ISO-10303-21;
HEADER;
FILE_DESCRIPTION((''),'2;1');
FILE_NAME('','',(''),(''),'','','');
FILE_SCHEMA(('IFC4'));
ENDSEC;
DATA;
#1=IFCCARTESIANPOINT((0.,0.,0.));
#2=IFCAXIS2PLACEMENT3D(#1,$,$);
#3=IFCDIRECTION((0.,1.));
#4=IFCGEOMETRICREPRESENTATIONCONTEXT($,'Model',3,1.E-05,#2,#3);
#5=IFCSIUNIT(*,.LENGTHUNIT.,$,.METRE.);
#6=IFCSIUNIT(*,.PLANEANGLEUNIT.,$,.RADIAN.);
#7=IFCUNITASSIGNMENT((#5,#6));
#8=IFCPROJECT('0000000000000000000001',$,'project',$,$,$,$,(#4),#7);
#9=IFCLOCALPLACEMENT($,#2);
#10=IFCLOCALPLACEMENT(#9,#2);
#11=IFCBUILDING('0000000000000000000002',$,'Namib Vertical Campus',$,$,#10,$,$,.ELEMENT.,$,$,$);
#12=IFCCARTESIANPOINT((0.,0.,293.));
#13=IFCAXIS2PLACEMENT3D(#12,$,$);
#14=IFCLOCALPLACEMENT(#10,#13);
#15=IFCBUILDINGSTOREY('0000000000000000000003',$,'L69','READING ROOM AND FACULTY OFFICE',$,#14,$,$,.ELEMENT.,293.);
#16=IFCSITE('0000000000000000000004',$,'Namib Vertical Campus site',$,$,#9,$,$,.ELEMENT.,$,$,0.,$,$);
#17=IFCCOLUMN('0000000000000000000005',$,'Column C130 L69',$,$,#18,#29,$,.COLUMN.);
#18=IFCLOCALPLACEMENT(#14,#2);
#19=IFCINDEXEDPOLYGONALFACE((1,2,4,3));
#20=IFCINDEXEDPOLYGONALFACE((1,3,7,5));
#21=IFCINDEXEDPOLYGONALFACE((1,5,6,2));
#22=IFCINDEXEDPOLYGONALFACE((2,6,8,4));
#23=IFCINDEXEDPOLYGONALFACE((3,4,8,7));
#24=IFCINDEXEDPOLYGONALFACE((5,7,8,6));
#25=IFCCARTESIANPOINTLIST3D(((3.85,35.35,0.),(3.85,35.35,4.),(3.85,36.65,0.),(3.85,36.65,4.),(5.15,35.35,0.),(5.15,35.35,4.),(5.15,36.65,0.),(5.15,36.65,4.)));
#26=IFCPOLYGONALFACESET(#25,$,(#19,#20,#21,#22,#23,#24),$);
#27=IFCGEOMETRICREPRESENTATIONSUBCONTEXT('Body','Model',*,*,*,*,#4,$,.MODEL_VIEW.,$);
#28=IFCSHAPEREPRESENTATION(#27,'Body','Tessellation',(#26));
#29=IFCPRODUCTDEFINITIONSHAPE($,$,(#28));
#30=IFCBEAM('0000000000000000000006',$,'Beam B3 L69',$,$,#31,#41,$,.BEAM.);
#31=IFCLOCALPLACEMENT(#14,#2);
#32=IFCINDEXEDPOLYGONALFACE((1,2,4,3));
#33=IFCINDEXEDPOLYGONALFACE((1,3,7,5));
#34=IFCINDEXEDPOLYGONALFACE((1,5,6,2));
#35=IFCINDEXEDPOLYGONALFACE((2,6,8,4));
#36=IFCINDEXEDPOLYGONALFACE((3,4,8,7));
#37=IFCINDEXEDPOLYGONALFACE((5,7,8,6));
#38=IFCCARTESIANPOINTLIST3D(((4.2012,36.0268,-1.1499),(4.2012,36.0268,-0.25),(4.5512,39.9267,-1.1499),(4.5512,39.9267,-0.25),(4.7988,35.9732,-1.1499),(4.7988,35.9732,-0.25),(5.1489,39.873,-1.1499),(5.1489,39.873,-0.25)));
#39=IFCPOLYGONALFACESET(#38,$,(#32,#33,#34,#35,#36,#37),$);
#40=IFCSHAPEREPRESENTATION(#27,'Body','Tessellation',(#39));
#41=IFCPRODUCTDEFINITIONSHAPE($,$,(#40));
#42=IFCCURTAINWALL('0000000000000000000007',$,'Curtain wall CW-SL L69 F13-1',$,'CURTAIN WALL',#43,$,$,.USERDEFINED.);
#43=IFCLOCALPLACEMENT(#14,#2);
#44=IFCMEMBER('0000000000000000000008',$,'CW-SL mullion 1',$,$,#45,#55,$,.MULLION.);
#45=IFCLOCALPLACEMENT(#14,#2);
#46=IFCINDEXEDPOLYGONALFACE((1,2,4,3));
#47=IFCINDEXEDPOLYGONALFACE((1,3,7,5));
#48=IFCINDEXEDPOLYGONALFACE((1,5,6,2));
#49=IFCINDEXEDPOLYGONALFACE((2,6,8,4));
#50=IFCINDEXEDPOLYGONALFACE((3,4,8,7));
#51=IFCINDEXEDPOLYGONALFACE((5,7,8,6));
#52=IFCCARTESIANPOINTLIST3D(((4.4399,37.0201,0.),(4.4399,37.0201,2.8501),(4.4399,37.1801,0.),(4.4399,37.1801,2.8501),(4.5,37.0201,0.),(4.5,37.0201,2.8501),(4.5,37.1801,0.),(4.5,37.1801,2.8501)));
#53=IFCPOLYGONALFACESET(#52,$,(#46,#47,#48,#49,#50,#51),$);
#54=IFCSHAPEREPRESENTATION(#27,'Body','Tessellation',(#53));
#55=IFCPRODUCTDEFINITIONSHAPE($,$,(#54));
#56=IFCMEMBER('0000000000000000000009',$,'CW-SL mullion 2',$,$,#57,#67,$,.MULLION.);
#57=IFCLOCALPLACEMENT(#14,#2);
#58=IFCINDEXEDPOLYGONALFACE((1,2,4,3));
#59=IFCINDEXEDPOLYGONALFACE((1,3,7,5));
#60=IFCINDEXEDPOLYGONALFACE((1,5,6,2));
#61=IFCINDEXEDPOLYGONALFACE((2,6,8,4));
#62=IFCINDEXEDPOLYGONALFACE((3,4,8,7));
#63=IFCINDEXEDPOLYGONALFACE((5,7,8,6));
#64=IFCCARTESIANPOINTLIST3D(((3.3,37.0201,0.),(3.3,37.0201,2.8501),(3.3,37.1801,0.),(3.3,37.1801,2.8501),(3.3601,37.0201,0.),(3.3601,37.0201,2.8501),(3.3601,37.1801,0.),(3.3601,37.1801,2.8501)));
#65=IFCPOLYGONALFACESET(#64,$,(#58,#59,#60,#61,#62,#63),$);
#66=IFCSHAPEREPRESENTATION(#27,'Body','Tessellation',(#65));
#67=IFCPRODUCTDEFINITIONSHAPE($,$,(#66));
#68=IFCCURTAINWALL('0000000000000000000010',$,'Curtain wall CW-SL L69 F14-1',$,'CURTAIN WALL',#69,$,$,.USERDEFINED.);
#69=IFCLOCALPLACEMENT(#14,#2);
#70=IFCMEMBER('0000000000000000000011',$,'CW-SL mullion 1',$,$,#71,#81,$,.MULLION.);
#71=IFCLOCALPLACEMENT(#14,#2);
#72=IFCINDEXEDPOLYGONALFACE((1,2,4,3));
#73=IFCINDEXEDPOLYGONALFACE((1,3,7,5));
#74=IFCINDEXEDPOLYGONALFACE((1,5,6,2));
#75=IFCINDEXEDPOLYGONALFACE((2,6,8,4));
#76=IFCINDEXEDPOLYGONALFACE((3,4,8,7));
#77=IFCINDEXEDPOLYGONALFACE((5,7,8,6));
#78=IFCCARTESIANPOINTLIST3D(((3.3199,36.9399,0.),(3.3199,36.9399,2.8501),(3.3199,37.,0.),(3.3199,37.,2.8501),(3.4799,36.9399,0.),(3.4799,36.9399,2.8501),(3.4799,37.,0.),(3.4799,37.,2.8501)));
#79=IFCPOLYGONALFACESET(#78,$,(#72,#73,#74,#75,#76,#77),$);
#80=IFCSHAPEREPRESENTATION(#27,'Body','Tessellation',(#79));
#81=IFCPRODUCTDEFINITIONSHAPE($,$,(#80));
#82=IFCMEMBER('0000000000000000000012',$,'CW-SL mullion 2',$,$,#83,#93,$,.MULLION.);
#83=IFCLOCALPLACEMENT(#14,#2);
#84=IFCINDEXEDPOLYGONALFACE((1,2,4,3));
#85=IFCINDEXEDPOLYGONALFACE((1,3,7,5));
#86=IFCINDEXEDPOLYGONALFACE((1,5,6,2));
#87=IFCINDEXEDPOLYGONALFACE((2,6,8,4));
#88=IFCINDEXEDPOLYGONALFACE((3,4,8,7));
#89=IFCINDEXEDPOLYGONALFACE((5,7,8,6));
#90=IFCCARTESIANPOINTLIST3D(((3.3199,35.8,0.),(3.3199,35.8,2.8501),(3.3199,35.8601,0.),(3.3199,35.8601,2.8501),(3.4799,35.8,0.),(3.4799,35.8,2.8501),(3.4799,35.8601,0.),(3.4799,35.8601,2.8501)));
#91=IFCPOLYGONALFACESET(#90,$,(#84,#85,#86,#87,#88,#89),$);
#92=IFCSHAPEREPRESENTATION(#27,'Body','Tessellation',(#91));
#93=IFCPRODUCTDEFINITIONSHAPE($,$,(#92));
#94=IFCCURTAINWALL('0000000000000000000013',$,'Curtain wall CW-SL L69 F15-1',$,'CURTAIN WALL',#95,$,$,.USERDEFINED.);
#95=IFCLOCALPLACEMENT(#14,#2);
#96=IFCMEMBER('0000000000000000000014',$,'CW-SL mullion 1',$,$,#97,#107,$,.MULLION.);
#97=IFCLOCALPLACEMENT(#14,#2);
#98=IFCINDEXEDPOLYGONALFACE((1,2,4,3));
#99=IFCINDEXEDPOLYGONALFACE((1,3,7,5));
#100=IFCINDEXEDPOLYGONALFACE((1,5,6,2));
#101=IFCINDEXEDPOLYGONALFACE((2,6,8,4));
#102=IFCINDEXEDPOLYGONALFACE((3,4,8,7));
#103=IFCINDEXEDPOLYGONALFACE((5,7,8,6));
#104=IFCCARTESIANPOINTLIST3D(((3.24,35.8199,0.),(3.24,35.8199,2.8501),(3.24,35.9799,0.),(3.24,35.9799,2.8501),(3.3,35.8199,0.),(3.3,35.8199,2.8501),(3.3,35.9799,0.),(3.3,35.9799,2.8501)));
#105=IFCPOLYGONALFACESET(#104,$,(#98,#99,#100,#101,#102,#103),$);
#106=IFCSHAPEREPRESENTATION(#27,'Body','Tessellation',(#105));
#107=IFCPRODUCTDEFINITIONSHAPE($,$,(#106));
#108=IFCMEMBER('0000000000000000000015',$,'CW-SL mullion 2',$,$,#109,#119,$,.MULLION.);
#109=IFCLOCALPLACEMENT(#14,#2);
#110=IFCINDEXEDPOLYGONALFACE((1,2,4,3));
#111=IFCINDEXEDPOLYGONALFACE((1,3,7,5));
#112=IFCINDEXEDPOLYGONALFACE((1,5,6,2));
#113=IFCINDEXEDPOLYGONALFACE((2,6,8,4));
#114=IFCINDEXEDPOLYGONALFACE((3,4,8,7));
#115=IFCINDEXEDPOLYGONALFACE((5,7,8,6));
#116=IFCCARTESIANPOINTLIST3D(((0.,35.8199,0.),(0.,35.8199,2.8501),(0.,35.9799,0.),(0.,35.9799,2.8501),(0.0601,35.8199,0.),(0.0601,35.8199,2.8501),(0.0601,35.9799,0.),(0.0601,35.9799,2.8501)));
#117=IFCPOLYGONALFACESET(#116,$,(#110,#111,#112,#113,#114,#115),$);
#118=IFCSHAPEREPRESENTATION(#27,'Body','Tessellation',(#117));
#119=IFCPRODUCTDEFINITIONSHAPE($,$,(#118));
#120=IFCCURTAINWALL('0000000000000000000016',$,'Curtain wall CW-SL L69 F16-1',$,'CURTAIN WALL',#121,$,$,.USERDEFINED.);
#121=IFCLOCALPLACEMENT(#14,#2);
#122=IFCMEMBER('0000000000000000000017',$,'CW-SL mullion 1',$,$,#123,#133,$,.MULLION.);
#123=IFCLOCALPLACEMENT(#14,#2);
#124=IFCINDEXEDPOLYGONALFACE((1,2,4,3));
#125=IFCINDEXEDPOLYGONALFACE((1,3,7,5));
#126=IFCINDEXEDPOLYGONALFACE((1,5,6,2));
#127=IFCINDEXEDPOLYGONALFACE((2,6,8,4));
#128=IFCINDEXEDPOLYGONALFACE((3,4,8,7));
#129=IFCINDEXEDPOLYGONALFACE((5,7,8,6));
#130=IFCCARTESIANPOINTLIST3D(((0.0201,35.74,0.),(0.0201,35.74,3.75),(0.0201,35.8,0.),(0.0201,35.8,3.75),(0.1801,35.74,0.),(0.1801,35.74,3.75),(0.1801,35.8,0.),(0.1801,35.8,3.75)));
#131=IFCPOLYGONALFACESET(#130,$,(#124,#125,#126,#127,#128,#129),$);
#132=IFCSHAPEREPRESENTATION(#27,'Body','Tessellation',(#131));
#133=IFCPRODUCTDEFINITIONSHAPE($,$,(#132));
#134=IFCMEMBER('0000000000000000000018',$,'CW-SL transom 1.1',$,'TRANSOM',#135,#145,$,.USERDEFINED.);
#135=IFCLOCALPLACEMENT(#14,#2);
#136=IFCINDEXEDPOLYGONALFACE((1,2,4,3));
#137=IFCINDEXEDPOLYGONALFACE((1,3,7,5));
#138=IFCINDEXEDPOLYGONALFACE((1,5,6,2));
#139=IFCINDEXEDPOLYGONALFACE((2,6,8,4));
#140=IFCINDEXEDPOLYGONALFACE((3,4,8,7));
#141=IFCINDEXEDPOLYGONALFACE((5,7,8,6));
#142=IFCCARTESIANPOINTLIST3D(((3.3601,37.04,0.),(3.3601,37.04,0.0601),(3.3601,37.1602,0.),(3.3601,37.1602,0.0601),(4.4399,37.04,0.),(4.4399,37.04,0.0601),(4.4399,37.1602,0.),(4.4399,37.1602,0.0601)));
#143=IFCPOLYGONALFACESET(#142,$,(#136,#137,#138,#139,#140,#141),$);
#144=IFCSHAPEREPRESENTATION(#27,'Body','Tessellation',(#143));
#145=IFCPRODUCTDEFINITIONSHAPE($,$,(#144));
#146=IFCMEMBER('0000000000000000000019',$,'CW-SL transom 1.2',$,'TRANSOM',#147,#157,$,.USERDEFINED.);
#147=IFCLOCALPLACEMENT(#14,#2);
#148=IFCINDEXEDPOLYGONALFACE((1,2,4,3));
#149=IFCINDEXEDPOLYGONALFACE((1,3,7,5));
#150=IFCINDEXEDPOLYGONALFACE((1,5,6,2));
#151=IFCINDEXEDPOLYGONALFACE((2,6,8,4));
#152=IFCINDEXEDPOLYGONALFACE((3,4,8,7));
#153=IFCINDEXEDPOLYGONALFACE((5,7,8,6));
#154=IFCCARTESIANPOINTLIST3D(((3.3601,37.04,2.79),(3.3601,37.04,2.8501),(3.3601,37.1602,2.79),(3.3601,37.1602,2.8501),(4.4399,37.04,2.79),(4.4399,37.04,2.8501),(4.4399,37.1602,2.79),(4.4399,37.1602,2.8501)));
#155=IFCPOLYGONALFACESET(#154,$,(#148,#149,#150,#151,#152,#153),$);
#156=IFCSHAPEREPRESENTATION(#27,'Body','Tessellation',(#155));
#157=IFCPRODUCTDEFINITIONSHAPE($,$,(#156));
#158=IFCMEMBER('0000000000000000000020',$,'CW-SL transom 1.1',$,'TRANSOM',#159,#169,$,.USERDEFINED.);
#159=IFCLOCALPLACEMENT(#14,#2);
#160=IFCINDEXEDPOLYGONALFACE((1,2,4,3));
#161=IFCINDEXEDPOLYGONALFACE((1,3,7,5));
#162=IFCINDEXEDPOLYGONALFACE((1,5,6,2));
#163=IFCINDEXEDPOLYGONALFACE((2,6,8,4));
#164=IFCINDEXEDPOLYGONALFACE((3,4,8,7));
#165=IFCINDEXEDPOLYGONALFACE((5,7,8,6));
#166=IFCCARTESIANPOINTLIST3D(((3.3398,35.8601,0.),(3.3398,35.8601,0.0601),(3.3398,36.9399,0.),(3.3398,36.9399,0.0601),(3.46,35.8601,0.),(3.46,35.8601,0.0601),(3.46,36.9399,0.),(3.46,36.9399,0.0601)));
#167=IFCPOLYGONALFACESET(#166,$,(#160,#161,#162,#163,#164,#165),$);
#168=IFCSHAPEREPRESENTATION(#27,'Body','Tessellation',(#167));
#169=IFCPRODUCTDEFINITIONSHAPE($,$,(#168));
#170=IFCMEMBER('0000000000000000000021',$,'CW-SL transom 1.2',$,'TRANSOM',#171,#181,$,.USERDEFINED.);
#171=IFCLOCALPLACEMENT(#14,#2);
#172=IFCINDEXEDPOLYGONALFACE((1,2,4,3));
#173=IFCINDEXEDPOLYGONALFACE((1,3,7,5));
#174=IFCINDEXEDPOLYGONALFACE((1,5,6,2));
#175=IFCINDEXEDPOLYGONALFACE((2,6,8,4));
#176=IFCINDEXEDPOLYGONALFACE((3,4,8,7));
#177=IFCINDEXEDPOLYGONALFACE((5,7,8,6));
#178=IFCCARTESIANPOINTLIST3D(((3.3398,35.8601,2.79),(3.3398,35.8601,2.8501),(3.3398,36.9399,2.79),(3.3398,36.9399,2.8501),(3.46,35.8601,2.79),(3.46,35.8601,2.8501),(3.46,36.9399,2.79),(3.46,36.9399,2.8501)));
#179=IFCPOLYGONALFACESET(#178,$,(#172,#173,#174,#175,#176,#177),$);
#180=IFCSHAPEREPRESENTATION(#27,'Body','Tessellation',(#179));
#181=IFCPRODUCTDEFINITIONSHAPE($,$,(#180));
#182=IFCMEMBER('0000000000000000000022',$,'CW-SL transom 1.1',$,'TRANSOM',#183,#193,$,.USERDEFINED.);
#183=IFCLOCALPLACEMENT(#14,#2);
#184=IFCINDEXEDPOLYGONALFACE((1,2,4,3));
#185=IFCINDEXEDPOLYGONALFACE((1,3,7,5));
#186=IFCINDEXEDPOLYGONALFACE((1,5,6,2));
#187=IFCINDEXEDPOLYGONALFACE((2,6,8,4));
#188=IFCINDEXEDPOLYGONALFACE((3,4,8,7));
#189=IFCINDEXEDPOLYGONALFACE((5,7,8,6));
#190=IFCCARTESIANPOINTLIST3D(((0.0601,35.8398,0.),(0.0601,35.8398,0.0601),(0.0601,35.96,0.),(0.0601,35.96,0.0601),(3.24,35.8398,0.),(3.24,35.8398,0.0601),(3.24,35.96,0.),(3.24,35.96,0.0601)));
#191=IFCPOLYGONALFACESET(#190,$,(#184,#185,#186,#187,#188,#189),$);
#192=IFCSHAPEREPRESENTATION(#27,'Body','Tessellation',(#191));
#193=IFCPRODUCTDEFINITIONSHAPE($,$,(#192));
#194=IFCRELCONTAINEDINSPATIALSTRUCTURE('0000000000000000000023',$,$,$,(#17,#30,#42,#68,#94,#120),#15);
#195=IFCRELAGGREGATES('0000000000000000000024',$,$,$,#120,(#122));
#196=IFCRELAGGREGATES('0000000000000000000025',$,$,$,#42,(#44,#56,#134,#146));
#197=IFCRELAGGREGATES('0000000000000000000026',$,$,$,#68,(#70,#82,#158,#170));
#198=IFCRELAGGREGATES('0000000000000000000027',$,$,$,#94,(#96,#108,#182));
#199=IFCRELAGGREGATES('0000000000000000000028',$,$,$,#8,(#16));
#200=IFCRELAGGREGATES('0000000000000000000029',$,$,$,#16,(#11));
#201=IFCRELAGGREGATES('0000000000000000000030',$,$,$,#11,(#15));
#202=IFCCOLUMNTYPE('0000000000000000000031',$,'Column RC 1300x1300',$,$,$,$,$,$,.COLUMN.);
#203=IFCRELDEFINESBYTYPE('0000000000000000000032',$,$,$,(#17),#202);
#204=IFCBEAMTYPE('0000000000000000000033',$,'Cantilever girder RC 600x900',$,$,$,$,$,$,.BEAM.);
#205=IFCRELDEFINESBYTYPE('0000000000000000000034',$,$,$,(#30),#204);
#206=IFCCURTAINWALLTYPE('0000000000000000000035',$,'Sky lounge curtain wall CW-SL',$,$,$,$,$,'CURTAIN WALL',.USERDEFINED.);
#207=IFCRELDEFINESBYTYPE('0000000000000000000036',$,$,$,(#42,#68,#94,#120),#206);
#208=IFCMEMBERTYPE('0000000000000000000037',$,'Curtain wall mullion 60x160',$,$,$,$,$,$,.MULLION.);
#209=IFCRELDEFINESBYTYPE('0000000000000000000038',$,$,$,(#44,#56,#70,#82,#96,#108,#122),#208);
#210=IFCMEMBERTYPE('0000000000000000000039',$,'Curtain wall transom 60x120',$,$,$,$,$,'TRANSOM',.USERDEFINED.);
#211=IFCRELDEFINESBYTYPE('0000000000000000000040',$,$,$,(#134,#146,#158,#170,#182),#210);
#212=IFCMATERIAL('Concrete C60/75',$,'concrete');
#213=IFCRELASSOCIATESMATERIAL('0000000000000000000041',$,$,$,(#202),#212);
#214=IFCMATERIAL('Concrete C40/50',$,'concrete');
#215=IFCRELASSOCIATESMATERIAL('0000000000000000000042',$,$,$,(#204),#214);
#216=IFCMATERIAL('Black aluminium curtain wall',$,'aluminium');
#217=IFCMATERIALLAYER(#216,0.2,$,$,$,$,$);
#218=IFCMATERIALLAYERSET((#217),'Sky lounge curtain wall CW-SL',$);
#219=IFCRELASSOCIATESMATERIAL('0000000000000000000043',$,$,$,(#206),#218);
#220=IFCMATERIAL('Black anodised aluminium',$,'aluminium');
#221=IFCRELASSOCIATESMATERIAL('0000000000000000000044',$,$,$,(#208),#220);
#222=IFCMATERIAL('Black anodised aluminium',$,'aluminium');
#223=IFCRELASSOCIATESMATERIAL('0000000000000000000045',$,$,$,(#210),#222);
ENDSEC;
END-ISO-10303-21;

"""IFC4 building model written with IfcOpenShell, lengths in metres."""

from ifc_helpers import new_model, si_unit, direction, frame, origin, origin_2d, place, context, subcontext, project, spatial, rectangle, extrude, material, layer, layer_set, material_profile, profile_set, type_object, element, aggregate, save


model = new_model("IFC4")

# Units and contexts
model_context = context("Model", 3, precision=1e-05, world=origin(), true_north=direction((0.0, 1.0)))
body_context = subcontext(model_context, "Body", "Model", "MODEL_VIEW")
ifc_project = project(units=[si_unit("LENGTHUNIT", "METRE"), si_unit("PLANEANGLEUNIT", "RADIAN")], contexts=[model_context])

# Site, building, storey
site_placement = place(None, origin())
site = spatial("IfcSite", under=ifc_project, at=site_placement, Name="Namib Vertical Campus site", CompositionType="ELEMENT", RefElevation=0.0)
building_placement = place(site_placement, origin())
building = spatial("IfcBuilding", under=site, at=building_placement, Name="Namib Vertical Campus", CompositionType="ELEMENT")
storey_placement = place(building_placement, frame((0.0, 0.0, 293.0)))
storey = spatial("IfcBuildingStorey", under=building, at=storey_placement, Name="L69", Description="READING ROOM AND FACULTY OFFICE", CompositionType="ELEMENT", Elevation=293.0)

# Column
ifc_material_1 = material(Name="Concrete C60/75", Category="concrete")
ifc_material_profile_1 = material_profile(ifc_material_1, rectangle(XDim=1.3, YDim=1.3, at=origin_2d()))
ifc_profile_set_1 = profile_set([ifc_material_profile_1], Name="Concrete C60/75")
column_type = type_object("IfcColumnType", Name="Column RC 1300x1300", PredefinedType="COLUMN", material=ifc_profile_set_1)
column_placement = place(storey_placement, frame((4.5, 36.0, 0.0), z_axis=(0.0, 0.0, 1.0), x_axis=(1.0, 0.0, 0.0)))
element("IfcColumn", 1, at=column_placement, inside=storey, type_object=column_type, Name="Column C130 L69", PredefinedType="COLUMN", context=body_context, shape_type="SweptSolid", body=[
    extrude(rectangle(XDim=1.3, YDim=1.3, at=origin_2d()), origin(), (0.0, 0.0, 1.0), 4.0),
])

# Beam
ifc_material_2 = material(Name="Concrete C40/50", Category="concrete")
ifc_material_profile_2 = material_profile(ifc_material_2, rectangle(XDim=0.6001, YDim=0.8999, at=origin_2d()))
ifc_profile_set_2 = profile_set([ifc_material_profile_2], Name="Concrete C40/50")
beam_type_1 = type_object("IfcBeamType", Name="Cantilever girder RC 600x900", PredefinedType="BEAM", material=ifc_profile_set_2)
beam_1_placement = place(storey_placement, frame((4.5, 36.0, -0.7), z_axis=(0.089411, 0.995995, 0.0), x_axis=(-0.995995, 0.089411, 0.0)))
element("IfcBeam", 2, at=beam_1_placement, inside=storey, type_object=beam_type_1, Name="Beam B3 L69", PredefinedType="BEAM", context=body_context, shape_type="SweptSolid", body=[
    extrude(rectangle(XDim=0.6001, YDim=0.8999, at=origin_2d()), origin(), (0.0, 0.0, 1.0), 3.9155),
])

# Curtain walls, members
ifc_material_3 = material(Name="Black aluminium curtain wall", Category="aluminium")
ifc_layer_1 = layer(ifc_material_3, 0.2)
ifc_layer_set_1 = layer_set([ifc_layer_1], Name="Sky lounge curtain wall CW-SL")
curtain_wall_type = type_object("IfcCurtainWallType", Name="Sky lounge curtain wall CW-SL", ElementType="CURTAIN WALL", PredefinedType="USERDEFINED", material=ifc_layer_set_1)
curtain_wall_1_placement = place(storey_placement, origin())
curtain_wall_1 = element("IfcCurtainWall", 3, at=curtain_wall_1_placement, inside=storey, type_object=curtain_wall_type, Name="Curtain wall CW-SL L69 F13-1", ObjectType="CURTAIN WALL", PredefinedType="USERDEFINED")
ifc_material_4 = material(Name="Black anodised aluminium", Category="aluminium")
ifc_material_profile_3 = material_profile(ifc_material_4, rectangle(XDim=0.0601, YDim=0.1599, at=origin_2d()))
ifc_profile_set_3 = profile_set([ifc_material_profile_3], Name="Black anodised aluminium")
member_type_1 = type_object("IfcMemberType", Name="Curtain wall mullion 60x160", PredefinedType="MULLION", material=ifc_profile_set_3)
member_1_placement = place(storey_placement, frame((4.47, 37.1001, 0.0), z_axis=(0.0, 0.0, 1.0), x_axis=(-1.0, 0.0, 0.0)))
member_1 = element("IfcMember", 4, at=member_1_placement, type_object=member_type_1, Name="CW-SL mullion 1", PredefinedType="MULLION", context=body_context, shape_type="SweptSolid", body=[
    extrude(rectangle(XDim=0.0601, YDim=0.1599, at=origin_2d()), origin(), (0.0, 0.0, 1.0), 2.8501),
])
member_2_placement = place(storey_placement, frame((3.3301, 37.1001, 0.0), z_axis=(0.0, 0.0, 1.0), x_axis=(-1.0, 0.0, 0.0)))
member_2 = element("IfcMember", 5, at=member_2_placement, type_object=member_type_1, Name="CW-SL mullion 2", PredefinedType="MULLION", context=body_context, shape_type="SweptSolid", body=[
    extrude(rectangle(XDim=0.0601, YDim=0.1599, at=origin_2d()), origin(), (0.0, 0.0, 1.0), 2.8501),
])
curtain_wall_2_placement = place(storey_placement, origin())
curtain_wall_2 = element("IfcCurtainWall", 6, at=curtain_wall_2_placement, inside=storey, type_object=curtain_wall_type, Name="Curtain wall CW-SL L69 F14-1", ObjectType="CURTAIN WALL", PredefinedType="USERDEFINED")
member_3_placement = place(storey_placement, frame((3.3999, 36.97, 0.0), z_axis=(0.0, 0.0, 1.0), x_axis=(0.0, -1.0, 0.0)))
member_3 = element("IfcMember", 7, at=member_3_placement, type_object=member_type_1, Name="CW-SL mullion 1", PredefinedType="MULLION", context=body_context, shape_type="SweptSolid", body=[
    extrude(rectangle(XDim=0.0601, YDim=0.1599, at=origin_2d()), origin(), (0.0, 0.0, 1.0), 2.8501),
])
member_4_placement = place(storey_placement, frame((3.3999, 35.8301, 0.0), z_axis=(0.0, 0.0, 1.0), x_axis=(0.0, -1.0, 0.0)))
member_4 = element("IfcMember", 8, at=member_4_placement, type_object=member_type_1, Name="CW-SL mullion 2", PredefinedType="MULLION", context=body_context, shape_type="SweptSolid", body=[
    extrude(rectangle(XDim=0.0601, YDim=0.1599, at=origin_2d()), origin(), (0.0, 0.0, 1.0), 2.8501),
])
curtain_wall_3_placement = place(storey_placement, origin())
curtain_wall_3 = element("IfcCurtainWall", 9, at=curtain_wall_3_placement, inside=storey, type_object=curtain_wall_type, Name="Curtain wall CW-SL L69 F15-1", ObjectType="CURTAIN WALL", PredefinedType="USERDEFINED")
member_5_placement = place(storey_placement, frame((3.27, 35.8999, 0.0), z_axis=(0.0, 0.0, 1.0), x_axis=(-1.0, 0.0, 0.0)))
member_5 = element("IfcMember", 10, at=member_5_placement, type_object=member_type_1, Name="CW-SL mullion 1", PredefinedType="MULLION", context=body_context, shape_type="SweptSolid", body=[
    extrude(rectangle(XDim=0.0601, YDim=0.1599, at=origin_2d()), origin(), (0.0, 0.0, 1.0), 2.8501),
])
member_6_placement = place(storey_placement, frame((0.03, 35.8999, 0.0), z_axis=(0.0, 0.0, 1.0), x_axis=(-1.0, 0.0, 0.0)))
member_6 = element("IfcMember", 11, at=member_6_placement, type_object=member_type_1, Name="CW-SL mullion 2", PredefinedType="MULLION", context=body_context, shape_type="SweptSolid", body=[
    extrude(rectangle(XDim=0.0601, YDim=0.1599, at=origin_2d()), origin(), (0.0, 0.0, 1.0), 2.8501),
])

# Curtain wall, member
curtain_wall_4_placement = place(storey_placement, origin())
curtain_wall_4 = element("IfcCurtainWall", 12, at=curtain_wall_4_placement, inside=storey, type_object=curtain_wall_type, Name="Curtain wall CW-SL L69 F16-1", ObjectType="CURTAIN WALL", PredefinedType="USERDEFINED")
member_7_placement = place(storey_placement, frame((0.1001, 35.77, 0.0), z_axis=(0.0, 0.0, 1.0), x_axis=(0.0, -1.0, 0.0)))
member_7 = element("IfcMember", 13, at=member_7_placement, type_object=member_type_1, Name="CW-SL mullion 1", PredefinedType="MULLION", context=body_context, shape_type="SweptSolid", body=[
    extrude(rectangle(XDim=0.0601, YDim=0.1599, at=origin_2d()), origin(), (0.0, 0.0, 1.0), 3.75),
])
aggregate(curtain_wall_4, [member_7])

# Members
ifc_material_5 = material(Name="Black anodised aluminium", Category="aluminium")
ifc_material_profile_4 = material_profile(ifc_material_5, rectangle(XDim=0.0601, YDim=0.1201, at=origin_2d()))
ifc_profile_set_4 = profile_set([ifc_material_profile_4], Name="Black anodised aluminium")
member_type_2 = type_object("IfcMemberType", Name="Curtain wall transom 60x120", ElementType="TRANSOM", PredefinedType="USERDEFINED", material=ifc_profile_set_4)
member_8_placement = place(storey_placement, frame((4.4399, 37.1001, 0.03), z_axis=(-1.0, 0.0, 0.0), x_axis=(0.0, 0.0, 1.0)))
member_8 = element("IfcMember", 14, at=member_8_placement, type_object=member_type_2, Name="CW-SL transom 1.1", ObjectType="TRANSOM", PredefinedType="USERDEFINED", context=body_context, shape_type="SweptSolid", body=[
    extrude(rectangle(XDim=0.0601, YDim=0.1201, at=origin_2d()), origin(), (0.0, 0.0, 1.0), 1.0798),
])
member_9_placement = place(storey_placement, frame((4.4399, 37.1001, 2.8201), z_axis=(-1.0, 0.0, 0.0), x_axis=(0.0, 0.0, 1.0)))
member_9 = element("IfcMember", 15, at=member_9_placement, type_object=member_type_2, Name="CW-SL transom 1.2", ObjectType="TRANSOM", PredefinedType="USERDEFINED", context=body_context, shape_type="SweptSolid", body=[
    extrude(rectangle(XDim=0.0601, YDim=0.1201, at=origin_2d()), origin(), (0.0, 0.0, 1.0), 1.0798),
])
member_10_placement = place(storey_placement, frame((3.3999, 36.9399, 0.03), z_axis=(0.0, -1.0, 0.0), x_axis=(0.0, 0.0, 1.0)))
member_10 = element("IfcMember", 16, at=member_10_placement, type_object=member_type_2, Name="CW-SL transom 1.1", ObjectType="TRANSOM", PredefinedType="USERDEFINED", context=body_context, shape_type="SweptSolid", body=[
    extrude(rectangle(XDim=0.0601, YDim=0.1201, at=origin_2d()), origin(), (0.0, 0.0, 1.0), 1.0798),
])
member_11_placement = place(storey_placement, frame((3.3999, 36.9399, 2.8201), z_axis=(0.0, -1.0, 0.0), x_axis=(0.0, 0.0, 1.0)))
member_11 = element("IfcMember", 17, at=member_11_placement, type_object=member_type_2, Name="CW-SL transom 1.2", ObjectType="TRANSOM", PredefinedType="USERDEFINED", context=body_context, shape_type="SweptSolid", body=[
    extrude(rectangle(XDim=0.0601, YDim=0.1201, at=origin_2d()), origin(), (0.0, 0.0, 1.0), 1.0798),
])
member_12_placement = place(storey_placement, frame((3.24, 35.8999, 0.03), z_axis=(-1.0, 0.0, 0.0), x_axis=(0.0, 0.0, 1.0)))
member_12 = element("IfcMember", 18, at=member_12_placement, type_object=member_type_2, Name="CW-SL transom 1.1", ObjectType="TRANSOM", PredefinedType="USERDEFINED", context=body_context, shape_type="SweptSolid", body=[
    extrude(rectangle(XDim=0.0601, YDim=0.1201, at=origin_2d()), origin(), (0.0, 0.0, 1.0), 3.1799),
])

aggregate(curtain_wall_1, [member_1, member_2, member_8, member_9])
aggregate(curtain_wall_2, [member_3, member_4, member_10, member_11])
aggregate(curtain_wall_3, [member_5, member_6, member_12])

save(model, "model.ifc")
